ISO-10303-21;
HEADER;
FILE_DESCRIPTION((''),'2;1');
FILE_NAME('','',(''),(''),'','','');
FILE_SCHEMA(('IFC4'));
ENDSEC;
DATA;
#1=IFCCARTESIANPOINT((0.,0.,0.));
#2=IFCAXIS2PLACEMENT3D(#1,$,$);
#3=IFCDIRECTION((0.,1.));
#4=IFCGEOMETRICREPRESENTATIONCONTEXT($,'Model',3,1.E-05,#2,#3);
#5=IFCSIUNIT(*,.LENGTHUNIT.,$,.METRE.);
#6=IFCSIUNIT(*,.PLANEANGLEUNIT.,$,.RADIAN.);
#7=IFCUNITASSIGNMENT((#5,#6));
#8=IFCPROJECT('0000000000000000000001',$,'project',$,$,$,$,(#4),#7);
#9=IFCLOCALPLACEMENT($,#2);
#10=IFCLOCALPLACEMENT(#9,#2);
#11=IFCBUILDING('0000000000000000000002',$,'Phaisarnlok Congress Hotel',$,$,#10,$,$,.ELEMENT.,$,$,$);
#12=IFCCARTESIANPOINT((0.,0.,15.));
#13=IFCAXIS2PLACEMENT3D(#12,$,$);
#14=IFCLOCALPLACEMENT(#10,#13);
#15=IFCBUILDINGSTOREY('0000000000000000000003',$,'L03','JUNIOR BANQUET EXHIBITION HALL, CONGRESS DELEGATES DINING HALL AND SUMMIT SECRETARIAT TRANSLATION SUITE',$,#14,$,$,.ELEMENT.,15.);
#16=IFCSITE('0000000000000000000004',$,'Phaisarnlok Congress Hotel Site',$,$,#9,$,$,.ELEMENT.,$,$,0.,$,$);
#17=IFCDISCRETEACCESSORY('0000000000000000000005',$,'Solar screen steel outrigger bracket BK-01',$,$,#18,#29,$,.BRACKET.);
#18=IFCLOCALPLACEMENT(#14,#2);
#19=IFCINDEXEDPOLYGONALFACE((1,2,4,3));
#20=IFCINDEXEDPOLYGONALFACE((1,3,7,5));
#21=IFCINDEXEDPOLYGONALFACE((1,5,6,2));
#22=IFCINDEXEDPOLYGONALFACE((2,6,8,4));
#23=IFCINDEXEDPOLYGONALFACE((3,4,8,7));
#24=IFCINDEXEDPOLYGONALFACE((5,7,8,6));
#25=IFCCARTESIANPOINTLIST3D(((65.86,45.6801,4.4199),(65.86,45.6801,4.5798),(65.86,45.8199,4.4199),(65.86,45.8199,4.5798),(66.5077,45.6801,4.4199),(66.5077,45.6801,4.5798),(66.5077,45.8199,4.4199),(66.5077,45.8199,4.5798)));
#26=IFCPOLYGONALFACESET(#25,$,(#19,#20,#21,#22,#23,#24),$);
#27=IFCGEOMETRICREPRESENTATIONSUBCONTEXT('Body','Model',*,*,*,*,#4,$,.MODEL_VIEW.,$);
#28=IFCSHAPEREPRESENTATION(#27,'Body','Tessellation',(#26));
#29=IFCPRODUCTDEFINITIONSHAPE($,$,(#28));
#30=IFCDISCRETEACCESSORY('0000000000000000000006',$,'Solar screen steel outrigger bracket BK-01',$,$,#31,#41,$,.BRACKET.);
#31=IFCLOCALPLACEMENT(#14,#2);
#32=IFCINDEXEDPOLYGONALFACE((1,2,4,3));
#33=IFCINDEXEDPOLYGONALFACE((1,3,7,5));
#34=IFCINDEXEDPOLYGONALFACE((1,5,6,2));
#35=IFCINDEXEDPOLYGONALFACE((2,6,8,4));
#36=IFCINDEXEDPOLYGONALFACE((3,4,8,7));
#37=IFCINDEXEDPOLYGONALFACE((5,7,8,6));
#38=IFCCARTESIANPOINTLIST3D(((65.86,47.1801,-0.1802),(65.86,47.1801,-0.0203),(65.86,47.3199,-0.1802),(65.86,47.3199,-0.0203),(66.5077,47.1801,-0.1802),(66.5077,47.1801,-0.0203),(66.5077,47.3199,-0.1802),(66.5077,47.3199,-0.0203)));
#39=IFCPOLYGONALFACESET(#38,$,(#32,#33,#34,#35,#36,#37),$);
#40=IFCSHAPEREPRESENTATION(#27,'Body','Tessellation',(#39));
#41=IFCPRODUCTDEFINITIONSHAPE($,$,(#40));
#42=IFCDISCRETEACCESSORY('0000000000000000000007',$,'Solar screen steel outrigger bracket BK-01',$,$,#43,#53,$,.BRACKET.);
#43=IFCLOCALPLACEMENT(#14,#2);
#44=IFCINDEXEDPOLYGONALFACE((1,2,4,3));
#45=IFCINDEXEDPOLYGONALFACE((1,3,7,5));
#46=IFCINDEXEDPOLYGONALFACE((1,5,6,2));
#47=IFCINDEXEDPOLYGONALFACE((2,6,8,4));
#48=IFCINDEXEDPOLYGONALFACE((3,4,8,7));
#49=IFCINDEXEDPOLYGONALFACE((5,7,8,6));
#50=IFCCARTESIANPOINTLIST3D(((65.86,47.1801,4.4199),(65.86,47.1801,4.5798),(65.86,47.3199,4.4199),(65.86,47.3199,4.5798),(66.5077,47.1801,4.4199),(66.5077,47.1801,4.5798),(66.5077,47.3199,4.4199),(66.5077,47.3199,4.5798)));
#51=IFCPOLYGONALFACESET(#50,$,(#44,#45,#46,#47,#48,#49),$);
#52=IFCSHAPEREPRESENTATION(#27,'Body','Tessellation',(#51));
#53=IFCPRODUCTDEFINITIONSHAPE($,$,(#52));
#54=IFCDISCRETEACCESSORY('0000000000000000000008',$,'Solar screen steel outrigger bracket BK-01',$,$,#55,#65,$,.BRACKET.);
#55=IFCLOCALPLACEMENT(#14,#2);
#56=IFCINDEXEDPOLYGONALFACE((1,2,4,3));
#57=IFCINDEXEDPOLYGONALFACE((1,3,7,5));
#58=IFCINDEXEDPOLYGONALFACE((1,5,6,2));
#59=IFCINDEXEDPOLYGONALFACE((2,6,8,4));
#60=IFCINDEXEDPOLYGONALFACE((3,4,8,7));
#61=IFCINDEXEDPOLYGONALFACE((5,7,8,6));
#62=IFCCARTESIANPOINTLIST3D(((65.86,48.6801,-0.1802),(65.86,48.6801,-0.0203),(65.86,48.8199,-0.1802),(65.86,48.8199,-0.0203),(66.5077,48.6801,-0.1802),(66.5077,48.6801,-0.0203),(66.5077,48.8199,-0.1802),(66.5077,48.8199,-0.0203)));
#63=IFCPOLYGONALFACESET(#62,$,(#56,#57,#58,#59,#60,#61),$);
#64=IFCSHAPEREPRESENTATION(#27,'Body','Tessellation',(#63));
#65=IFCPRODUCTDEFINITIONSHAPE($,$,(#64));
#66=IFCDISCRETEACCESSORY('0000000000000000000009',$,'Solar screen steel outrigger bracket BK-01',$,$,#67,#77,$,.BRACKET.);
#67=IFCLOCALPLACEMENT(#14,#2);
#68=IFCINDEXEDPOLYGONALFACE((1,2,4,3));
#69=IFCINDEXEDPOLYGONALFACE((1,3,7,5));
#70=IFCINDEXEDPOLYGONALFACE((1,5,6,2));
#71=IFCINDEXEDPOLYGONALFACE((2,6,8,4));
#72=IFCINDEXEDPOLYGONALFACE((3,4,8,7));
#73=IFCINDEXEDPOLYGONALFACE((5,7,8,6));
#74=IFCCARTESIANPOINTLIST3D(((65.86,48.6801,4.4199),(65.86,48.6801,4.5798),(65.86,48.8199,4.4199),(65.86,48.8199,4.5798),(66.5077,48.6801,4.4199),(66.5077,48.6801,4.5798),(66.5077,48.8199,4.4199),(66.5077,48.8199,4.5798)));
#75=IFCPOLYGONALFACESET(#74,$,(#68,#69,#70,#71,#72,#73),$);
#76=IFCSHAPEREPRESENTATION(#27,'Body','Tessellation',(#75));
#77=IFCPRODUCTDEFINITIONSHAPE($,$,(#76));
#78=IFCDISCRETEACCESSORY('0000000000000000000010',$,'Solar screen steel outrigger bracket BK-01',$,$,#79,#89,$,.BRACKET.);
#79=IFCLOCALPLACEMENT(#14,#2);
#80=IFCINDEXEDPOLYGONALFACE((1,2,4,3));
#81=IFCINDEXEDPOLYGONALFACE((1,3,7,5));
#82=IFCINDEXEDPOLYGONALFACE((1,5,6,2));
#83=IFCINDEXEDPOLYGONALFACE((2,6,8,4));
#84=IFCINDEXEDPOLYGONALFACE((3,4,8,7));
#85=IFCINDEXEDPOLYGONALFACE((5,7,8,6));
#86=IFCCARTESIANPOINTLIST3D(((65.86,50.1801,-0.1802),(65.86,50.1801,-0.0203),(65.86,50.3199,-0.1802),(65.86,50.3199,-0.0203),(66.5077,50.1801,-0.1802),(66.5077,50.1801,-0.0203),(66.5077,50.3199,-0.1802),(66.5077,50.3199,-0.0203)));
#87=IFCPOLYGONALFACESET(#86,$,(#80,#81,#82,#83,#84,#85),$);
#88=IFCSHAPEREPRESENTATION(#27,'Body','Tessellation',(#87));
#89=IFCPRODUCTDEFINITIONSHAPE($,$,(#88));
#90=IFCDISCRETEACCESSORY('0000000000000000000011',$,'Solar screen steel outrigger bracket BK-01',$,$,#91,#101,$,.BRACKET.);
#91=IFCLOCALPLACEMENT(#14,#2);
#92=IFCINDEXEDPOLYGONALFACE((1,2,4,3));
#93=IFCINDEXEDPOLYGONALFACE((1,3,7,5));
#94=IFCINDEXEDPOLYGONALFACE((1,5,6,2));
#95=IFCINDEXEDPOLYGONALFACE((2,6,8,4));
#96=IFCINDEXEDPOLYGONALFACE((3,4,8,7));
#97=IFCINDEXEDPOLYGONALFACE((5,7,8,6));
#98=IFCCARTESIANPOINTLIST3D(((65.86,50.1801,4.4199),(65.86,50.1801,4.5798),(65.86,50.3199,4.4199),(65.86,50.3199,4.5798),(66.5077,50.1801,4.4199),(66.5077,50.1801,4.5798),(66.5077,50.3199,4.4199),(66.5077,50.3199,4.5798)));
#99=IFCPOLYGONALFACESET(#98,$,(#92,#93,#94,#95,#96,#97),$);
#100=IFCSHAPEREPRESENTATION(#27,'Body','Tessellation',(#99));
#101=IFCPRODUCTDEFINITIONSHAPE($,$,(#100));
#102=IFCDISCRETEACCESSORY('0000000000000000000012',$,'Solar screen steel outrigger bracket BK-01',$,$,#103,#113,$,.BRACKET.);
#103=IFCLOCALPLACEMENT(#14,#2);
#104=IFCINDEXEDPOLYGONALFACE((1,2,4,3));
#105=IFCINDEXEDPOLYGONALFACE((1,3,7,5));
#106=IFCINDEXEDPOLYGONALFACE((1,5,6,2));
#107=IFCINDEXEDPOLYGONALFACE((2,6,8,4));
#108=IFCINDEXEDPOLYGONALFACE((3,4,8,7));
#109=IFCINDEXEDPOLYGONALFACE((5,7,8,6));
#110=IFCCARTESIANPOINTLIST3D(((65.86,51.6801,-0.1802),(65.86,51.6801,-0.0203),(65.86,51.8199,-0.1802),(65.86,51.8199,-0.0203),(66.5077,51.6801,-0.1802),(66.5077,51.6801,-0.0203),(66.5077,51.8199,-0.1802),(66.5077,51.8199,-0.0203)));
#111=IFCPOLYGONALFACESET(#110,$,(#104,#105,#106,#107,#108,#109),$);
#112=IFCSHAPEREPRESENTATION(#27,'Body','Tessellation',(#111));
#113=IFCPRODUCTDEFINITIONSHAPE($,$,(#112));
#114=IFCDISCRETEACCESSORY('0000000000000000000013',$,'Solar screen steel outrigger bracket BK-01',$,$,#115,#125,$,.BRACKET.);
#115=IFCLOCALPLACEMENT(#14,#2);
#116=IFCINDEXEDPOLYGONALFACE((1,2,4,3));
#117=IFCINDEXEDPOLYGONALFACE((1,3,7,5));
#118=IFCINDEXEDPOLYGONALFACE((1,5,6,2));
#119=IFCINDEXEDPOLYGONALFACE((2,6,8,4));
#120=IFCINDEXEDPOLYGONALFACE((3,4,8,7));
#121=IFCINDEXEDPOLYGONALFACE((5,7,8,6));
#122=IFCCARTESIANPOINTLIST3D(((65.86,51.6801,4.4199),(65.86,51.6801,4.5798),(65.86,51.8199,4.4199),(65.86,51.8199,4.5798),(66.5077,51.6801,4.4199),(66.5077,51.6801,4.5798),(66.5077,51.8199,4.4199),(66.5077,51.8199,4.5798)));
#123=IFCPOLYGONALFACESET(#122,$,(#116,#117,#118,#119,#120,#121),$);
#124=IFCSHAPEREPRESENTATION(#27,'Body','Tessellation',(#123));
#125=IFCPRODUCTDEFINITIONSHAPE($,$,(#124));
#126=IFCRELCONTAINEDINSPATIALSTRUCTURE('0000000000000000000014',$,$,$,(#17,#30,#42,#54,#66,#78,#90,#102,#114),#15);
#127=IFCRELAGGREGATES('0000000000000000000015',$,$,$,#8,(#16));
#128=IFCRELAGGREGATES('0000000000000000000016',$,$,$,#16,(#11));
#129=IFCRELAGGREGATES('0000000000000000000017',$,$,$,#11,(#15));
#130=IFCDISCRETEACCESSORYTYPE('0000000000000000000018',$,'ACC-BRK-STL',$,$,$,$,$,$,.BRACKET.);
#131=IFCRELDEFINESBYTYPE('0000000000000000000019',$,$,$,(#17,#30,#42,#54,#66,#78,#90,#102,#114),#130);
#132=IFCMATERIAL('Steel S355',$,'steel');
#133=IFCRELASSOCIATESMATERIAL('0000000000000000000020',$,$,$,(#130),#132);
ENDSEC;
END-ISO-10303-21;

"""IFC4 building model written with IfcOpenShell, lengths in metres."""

from ifc_helpers import new_model, si_unit, direction, frame, origin, origin_2d, place, context, subcontext, project, spatial, rectangle, extrude, material, type_object, element, save


model = new_model("IFC4")

# Units and contexts
model_context = context("Model", 3, precision=1e-05, world=origin(), true_north=direction((0.0, 1.0)))
body_context = subcontext(model_context, "Body", "Model", "MODEL_VIEW")
ifc_project = project(units=[si_unit("LENGTHUNIT", "METRE"), si_unit("PLANEANGLEUNIT", "RADIAN")], contexts=[model_context])

# Site, building, storey
site_placement = place(None, origin())
site = spatial("IfcSite", under=ifc_project, at=site_placement, Name="Phaisarnlok Congress Hotel Site", CompositionType="ELEMENT", RefElevation=0.0)
building_placement = place(site_placement, origin())
building = spatial("IfcBuilding", under=site, at=building_placement, Name="Phaisarnlok Congress Hotel", CompositionType="ELEMENT")
storey_placement = place(building_placement, frame((0.0, 0.0, 15.0)))
storey = spatial("IfcBuildingStorey", under=building, at=storey_placement, Name="L03", Description="JUNIOR BANQUET EXHIBITION HALL, CONGRESS DELEGATES DINING HALL AND SUMMIT SECRETARIAT TRANSLATION SUITE", CompositionType="ELEMENT", Elevation=15.0)

# Shared definitions
ifc_material_1 = material(Name="Steel S355", Category="steel")

# Discrete accessories
discrete_accessory_type = type_object("IfcDiscreteAccessoryType", Name="ACC-BRK-STL", PredefinedType="BRACKET", material=ifc_material_1)
for number, where, z_axis, x_axis, name in (
    (1, (66.1838, 45.75, 4.4199), (0.0, 0.0, 1.0), (1.0, 0.0, 0.0), "Solar screen steel outrigger bracket BK-01"),
    (2, (66.1838, 47.25, -0.1802), (0.0, 0.0, 1.0), (1.0, 0.0, 0.0), "Solar screen steel outrigger bracket BK-01"),
    (3, (66.1838, 47.25, 4.4199), (0.0, 0.0, 1.0), (1.0, 0.0, 0.0), "Solar screen steel outrigger bracket BK-01"),
    (4, (66.1838, 48.75, -0.1802), (0.0, 0.0, 1.0), (1.0, 0.0, 0.0), "Solar screen steel outrigger bracket BK-01"),
    (5, (66.1838, 48.75, 4.4199), (0.0, 0.0, 1.0), (1.0, 0.0, 0.0), "Solar screen steel outrigger bracket BK-01"),
    (6, (66.1838, 50.25, -0.1802), (0.0, 0.0, 1.0), (1.0, 0.0, 0.0), "Solar screen steel outrigger bracket BK-01"),
    (7, (66.1838, 50.25, 4.4199), (0.0, 0.0, 1.0), (1.0, 0.0, 0.0), "Solar screen steel outrigger bracket BK-01"),
    (8, (66.1838, 51.75, -0.1802), (0.0, 0.0, 1.0), (1.0, 0.0, 0.0), "Solar screen steel outrigger bracket BK-01"),
    (9, (66.1838, 51.75, 4.4199), (0.0, 0.0, 1.0), (1.0, 0.0, 0.0), "Solar screen steel outrigger bracket BK-01"),
):
    element("IfcDiscreteAccessory", number, at=place(storey_placement, frame(where, z_axis=z_axis, x_axis=x_axis)), inside=storey, type_object=discrete_accessory_type, Name=name, PredefinedType="BRACKET", context=body_context, shape_type="SweptSolid", body=[
        extrude(rectangle(XDim=0.6477, YDim=0.1399, at=origin_2d()), origin(), (0.0, 0.0, 1.0), 0.1599),
    ])

save(model, "model.ifc")
